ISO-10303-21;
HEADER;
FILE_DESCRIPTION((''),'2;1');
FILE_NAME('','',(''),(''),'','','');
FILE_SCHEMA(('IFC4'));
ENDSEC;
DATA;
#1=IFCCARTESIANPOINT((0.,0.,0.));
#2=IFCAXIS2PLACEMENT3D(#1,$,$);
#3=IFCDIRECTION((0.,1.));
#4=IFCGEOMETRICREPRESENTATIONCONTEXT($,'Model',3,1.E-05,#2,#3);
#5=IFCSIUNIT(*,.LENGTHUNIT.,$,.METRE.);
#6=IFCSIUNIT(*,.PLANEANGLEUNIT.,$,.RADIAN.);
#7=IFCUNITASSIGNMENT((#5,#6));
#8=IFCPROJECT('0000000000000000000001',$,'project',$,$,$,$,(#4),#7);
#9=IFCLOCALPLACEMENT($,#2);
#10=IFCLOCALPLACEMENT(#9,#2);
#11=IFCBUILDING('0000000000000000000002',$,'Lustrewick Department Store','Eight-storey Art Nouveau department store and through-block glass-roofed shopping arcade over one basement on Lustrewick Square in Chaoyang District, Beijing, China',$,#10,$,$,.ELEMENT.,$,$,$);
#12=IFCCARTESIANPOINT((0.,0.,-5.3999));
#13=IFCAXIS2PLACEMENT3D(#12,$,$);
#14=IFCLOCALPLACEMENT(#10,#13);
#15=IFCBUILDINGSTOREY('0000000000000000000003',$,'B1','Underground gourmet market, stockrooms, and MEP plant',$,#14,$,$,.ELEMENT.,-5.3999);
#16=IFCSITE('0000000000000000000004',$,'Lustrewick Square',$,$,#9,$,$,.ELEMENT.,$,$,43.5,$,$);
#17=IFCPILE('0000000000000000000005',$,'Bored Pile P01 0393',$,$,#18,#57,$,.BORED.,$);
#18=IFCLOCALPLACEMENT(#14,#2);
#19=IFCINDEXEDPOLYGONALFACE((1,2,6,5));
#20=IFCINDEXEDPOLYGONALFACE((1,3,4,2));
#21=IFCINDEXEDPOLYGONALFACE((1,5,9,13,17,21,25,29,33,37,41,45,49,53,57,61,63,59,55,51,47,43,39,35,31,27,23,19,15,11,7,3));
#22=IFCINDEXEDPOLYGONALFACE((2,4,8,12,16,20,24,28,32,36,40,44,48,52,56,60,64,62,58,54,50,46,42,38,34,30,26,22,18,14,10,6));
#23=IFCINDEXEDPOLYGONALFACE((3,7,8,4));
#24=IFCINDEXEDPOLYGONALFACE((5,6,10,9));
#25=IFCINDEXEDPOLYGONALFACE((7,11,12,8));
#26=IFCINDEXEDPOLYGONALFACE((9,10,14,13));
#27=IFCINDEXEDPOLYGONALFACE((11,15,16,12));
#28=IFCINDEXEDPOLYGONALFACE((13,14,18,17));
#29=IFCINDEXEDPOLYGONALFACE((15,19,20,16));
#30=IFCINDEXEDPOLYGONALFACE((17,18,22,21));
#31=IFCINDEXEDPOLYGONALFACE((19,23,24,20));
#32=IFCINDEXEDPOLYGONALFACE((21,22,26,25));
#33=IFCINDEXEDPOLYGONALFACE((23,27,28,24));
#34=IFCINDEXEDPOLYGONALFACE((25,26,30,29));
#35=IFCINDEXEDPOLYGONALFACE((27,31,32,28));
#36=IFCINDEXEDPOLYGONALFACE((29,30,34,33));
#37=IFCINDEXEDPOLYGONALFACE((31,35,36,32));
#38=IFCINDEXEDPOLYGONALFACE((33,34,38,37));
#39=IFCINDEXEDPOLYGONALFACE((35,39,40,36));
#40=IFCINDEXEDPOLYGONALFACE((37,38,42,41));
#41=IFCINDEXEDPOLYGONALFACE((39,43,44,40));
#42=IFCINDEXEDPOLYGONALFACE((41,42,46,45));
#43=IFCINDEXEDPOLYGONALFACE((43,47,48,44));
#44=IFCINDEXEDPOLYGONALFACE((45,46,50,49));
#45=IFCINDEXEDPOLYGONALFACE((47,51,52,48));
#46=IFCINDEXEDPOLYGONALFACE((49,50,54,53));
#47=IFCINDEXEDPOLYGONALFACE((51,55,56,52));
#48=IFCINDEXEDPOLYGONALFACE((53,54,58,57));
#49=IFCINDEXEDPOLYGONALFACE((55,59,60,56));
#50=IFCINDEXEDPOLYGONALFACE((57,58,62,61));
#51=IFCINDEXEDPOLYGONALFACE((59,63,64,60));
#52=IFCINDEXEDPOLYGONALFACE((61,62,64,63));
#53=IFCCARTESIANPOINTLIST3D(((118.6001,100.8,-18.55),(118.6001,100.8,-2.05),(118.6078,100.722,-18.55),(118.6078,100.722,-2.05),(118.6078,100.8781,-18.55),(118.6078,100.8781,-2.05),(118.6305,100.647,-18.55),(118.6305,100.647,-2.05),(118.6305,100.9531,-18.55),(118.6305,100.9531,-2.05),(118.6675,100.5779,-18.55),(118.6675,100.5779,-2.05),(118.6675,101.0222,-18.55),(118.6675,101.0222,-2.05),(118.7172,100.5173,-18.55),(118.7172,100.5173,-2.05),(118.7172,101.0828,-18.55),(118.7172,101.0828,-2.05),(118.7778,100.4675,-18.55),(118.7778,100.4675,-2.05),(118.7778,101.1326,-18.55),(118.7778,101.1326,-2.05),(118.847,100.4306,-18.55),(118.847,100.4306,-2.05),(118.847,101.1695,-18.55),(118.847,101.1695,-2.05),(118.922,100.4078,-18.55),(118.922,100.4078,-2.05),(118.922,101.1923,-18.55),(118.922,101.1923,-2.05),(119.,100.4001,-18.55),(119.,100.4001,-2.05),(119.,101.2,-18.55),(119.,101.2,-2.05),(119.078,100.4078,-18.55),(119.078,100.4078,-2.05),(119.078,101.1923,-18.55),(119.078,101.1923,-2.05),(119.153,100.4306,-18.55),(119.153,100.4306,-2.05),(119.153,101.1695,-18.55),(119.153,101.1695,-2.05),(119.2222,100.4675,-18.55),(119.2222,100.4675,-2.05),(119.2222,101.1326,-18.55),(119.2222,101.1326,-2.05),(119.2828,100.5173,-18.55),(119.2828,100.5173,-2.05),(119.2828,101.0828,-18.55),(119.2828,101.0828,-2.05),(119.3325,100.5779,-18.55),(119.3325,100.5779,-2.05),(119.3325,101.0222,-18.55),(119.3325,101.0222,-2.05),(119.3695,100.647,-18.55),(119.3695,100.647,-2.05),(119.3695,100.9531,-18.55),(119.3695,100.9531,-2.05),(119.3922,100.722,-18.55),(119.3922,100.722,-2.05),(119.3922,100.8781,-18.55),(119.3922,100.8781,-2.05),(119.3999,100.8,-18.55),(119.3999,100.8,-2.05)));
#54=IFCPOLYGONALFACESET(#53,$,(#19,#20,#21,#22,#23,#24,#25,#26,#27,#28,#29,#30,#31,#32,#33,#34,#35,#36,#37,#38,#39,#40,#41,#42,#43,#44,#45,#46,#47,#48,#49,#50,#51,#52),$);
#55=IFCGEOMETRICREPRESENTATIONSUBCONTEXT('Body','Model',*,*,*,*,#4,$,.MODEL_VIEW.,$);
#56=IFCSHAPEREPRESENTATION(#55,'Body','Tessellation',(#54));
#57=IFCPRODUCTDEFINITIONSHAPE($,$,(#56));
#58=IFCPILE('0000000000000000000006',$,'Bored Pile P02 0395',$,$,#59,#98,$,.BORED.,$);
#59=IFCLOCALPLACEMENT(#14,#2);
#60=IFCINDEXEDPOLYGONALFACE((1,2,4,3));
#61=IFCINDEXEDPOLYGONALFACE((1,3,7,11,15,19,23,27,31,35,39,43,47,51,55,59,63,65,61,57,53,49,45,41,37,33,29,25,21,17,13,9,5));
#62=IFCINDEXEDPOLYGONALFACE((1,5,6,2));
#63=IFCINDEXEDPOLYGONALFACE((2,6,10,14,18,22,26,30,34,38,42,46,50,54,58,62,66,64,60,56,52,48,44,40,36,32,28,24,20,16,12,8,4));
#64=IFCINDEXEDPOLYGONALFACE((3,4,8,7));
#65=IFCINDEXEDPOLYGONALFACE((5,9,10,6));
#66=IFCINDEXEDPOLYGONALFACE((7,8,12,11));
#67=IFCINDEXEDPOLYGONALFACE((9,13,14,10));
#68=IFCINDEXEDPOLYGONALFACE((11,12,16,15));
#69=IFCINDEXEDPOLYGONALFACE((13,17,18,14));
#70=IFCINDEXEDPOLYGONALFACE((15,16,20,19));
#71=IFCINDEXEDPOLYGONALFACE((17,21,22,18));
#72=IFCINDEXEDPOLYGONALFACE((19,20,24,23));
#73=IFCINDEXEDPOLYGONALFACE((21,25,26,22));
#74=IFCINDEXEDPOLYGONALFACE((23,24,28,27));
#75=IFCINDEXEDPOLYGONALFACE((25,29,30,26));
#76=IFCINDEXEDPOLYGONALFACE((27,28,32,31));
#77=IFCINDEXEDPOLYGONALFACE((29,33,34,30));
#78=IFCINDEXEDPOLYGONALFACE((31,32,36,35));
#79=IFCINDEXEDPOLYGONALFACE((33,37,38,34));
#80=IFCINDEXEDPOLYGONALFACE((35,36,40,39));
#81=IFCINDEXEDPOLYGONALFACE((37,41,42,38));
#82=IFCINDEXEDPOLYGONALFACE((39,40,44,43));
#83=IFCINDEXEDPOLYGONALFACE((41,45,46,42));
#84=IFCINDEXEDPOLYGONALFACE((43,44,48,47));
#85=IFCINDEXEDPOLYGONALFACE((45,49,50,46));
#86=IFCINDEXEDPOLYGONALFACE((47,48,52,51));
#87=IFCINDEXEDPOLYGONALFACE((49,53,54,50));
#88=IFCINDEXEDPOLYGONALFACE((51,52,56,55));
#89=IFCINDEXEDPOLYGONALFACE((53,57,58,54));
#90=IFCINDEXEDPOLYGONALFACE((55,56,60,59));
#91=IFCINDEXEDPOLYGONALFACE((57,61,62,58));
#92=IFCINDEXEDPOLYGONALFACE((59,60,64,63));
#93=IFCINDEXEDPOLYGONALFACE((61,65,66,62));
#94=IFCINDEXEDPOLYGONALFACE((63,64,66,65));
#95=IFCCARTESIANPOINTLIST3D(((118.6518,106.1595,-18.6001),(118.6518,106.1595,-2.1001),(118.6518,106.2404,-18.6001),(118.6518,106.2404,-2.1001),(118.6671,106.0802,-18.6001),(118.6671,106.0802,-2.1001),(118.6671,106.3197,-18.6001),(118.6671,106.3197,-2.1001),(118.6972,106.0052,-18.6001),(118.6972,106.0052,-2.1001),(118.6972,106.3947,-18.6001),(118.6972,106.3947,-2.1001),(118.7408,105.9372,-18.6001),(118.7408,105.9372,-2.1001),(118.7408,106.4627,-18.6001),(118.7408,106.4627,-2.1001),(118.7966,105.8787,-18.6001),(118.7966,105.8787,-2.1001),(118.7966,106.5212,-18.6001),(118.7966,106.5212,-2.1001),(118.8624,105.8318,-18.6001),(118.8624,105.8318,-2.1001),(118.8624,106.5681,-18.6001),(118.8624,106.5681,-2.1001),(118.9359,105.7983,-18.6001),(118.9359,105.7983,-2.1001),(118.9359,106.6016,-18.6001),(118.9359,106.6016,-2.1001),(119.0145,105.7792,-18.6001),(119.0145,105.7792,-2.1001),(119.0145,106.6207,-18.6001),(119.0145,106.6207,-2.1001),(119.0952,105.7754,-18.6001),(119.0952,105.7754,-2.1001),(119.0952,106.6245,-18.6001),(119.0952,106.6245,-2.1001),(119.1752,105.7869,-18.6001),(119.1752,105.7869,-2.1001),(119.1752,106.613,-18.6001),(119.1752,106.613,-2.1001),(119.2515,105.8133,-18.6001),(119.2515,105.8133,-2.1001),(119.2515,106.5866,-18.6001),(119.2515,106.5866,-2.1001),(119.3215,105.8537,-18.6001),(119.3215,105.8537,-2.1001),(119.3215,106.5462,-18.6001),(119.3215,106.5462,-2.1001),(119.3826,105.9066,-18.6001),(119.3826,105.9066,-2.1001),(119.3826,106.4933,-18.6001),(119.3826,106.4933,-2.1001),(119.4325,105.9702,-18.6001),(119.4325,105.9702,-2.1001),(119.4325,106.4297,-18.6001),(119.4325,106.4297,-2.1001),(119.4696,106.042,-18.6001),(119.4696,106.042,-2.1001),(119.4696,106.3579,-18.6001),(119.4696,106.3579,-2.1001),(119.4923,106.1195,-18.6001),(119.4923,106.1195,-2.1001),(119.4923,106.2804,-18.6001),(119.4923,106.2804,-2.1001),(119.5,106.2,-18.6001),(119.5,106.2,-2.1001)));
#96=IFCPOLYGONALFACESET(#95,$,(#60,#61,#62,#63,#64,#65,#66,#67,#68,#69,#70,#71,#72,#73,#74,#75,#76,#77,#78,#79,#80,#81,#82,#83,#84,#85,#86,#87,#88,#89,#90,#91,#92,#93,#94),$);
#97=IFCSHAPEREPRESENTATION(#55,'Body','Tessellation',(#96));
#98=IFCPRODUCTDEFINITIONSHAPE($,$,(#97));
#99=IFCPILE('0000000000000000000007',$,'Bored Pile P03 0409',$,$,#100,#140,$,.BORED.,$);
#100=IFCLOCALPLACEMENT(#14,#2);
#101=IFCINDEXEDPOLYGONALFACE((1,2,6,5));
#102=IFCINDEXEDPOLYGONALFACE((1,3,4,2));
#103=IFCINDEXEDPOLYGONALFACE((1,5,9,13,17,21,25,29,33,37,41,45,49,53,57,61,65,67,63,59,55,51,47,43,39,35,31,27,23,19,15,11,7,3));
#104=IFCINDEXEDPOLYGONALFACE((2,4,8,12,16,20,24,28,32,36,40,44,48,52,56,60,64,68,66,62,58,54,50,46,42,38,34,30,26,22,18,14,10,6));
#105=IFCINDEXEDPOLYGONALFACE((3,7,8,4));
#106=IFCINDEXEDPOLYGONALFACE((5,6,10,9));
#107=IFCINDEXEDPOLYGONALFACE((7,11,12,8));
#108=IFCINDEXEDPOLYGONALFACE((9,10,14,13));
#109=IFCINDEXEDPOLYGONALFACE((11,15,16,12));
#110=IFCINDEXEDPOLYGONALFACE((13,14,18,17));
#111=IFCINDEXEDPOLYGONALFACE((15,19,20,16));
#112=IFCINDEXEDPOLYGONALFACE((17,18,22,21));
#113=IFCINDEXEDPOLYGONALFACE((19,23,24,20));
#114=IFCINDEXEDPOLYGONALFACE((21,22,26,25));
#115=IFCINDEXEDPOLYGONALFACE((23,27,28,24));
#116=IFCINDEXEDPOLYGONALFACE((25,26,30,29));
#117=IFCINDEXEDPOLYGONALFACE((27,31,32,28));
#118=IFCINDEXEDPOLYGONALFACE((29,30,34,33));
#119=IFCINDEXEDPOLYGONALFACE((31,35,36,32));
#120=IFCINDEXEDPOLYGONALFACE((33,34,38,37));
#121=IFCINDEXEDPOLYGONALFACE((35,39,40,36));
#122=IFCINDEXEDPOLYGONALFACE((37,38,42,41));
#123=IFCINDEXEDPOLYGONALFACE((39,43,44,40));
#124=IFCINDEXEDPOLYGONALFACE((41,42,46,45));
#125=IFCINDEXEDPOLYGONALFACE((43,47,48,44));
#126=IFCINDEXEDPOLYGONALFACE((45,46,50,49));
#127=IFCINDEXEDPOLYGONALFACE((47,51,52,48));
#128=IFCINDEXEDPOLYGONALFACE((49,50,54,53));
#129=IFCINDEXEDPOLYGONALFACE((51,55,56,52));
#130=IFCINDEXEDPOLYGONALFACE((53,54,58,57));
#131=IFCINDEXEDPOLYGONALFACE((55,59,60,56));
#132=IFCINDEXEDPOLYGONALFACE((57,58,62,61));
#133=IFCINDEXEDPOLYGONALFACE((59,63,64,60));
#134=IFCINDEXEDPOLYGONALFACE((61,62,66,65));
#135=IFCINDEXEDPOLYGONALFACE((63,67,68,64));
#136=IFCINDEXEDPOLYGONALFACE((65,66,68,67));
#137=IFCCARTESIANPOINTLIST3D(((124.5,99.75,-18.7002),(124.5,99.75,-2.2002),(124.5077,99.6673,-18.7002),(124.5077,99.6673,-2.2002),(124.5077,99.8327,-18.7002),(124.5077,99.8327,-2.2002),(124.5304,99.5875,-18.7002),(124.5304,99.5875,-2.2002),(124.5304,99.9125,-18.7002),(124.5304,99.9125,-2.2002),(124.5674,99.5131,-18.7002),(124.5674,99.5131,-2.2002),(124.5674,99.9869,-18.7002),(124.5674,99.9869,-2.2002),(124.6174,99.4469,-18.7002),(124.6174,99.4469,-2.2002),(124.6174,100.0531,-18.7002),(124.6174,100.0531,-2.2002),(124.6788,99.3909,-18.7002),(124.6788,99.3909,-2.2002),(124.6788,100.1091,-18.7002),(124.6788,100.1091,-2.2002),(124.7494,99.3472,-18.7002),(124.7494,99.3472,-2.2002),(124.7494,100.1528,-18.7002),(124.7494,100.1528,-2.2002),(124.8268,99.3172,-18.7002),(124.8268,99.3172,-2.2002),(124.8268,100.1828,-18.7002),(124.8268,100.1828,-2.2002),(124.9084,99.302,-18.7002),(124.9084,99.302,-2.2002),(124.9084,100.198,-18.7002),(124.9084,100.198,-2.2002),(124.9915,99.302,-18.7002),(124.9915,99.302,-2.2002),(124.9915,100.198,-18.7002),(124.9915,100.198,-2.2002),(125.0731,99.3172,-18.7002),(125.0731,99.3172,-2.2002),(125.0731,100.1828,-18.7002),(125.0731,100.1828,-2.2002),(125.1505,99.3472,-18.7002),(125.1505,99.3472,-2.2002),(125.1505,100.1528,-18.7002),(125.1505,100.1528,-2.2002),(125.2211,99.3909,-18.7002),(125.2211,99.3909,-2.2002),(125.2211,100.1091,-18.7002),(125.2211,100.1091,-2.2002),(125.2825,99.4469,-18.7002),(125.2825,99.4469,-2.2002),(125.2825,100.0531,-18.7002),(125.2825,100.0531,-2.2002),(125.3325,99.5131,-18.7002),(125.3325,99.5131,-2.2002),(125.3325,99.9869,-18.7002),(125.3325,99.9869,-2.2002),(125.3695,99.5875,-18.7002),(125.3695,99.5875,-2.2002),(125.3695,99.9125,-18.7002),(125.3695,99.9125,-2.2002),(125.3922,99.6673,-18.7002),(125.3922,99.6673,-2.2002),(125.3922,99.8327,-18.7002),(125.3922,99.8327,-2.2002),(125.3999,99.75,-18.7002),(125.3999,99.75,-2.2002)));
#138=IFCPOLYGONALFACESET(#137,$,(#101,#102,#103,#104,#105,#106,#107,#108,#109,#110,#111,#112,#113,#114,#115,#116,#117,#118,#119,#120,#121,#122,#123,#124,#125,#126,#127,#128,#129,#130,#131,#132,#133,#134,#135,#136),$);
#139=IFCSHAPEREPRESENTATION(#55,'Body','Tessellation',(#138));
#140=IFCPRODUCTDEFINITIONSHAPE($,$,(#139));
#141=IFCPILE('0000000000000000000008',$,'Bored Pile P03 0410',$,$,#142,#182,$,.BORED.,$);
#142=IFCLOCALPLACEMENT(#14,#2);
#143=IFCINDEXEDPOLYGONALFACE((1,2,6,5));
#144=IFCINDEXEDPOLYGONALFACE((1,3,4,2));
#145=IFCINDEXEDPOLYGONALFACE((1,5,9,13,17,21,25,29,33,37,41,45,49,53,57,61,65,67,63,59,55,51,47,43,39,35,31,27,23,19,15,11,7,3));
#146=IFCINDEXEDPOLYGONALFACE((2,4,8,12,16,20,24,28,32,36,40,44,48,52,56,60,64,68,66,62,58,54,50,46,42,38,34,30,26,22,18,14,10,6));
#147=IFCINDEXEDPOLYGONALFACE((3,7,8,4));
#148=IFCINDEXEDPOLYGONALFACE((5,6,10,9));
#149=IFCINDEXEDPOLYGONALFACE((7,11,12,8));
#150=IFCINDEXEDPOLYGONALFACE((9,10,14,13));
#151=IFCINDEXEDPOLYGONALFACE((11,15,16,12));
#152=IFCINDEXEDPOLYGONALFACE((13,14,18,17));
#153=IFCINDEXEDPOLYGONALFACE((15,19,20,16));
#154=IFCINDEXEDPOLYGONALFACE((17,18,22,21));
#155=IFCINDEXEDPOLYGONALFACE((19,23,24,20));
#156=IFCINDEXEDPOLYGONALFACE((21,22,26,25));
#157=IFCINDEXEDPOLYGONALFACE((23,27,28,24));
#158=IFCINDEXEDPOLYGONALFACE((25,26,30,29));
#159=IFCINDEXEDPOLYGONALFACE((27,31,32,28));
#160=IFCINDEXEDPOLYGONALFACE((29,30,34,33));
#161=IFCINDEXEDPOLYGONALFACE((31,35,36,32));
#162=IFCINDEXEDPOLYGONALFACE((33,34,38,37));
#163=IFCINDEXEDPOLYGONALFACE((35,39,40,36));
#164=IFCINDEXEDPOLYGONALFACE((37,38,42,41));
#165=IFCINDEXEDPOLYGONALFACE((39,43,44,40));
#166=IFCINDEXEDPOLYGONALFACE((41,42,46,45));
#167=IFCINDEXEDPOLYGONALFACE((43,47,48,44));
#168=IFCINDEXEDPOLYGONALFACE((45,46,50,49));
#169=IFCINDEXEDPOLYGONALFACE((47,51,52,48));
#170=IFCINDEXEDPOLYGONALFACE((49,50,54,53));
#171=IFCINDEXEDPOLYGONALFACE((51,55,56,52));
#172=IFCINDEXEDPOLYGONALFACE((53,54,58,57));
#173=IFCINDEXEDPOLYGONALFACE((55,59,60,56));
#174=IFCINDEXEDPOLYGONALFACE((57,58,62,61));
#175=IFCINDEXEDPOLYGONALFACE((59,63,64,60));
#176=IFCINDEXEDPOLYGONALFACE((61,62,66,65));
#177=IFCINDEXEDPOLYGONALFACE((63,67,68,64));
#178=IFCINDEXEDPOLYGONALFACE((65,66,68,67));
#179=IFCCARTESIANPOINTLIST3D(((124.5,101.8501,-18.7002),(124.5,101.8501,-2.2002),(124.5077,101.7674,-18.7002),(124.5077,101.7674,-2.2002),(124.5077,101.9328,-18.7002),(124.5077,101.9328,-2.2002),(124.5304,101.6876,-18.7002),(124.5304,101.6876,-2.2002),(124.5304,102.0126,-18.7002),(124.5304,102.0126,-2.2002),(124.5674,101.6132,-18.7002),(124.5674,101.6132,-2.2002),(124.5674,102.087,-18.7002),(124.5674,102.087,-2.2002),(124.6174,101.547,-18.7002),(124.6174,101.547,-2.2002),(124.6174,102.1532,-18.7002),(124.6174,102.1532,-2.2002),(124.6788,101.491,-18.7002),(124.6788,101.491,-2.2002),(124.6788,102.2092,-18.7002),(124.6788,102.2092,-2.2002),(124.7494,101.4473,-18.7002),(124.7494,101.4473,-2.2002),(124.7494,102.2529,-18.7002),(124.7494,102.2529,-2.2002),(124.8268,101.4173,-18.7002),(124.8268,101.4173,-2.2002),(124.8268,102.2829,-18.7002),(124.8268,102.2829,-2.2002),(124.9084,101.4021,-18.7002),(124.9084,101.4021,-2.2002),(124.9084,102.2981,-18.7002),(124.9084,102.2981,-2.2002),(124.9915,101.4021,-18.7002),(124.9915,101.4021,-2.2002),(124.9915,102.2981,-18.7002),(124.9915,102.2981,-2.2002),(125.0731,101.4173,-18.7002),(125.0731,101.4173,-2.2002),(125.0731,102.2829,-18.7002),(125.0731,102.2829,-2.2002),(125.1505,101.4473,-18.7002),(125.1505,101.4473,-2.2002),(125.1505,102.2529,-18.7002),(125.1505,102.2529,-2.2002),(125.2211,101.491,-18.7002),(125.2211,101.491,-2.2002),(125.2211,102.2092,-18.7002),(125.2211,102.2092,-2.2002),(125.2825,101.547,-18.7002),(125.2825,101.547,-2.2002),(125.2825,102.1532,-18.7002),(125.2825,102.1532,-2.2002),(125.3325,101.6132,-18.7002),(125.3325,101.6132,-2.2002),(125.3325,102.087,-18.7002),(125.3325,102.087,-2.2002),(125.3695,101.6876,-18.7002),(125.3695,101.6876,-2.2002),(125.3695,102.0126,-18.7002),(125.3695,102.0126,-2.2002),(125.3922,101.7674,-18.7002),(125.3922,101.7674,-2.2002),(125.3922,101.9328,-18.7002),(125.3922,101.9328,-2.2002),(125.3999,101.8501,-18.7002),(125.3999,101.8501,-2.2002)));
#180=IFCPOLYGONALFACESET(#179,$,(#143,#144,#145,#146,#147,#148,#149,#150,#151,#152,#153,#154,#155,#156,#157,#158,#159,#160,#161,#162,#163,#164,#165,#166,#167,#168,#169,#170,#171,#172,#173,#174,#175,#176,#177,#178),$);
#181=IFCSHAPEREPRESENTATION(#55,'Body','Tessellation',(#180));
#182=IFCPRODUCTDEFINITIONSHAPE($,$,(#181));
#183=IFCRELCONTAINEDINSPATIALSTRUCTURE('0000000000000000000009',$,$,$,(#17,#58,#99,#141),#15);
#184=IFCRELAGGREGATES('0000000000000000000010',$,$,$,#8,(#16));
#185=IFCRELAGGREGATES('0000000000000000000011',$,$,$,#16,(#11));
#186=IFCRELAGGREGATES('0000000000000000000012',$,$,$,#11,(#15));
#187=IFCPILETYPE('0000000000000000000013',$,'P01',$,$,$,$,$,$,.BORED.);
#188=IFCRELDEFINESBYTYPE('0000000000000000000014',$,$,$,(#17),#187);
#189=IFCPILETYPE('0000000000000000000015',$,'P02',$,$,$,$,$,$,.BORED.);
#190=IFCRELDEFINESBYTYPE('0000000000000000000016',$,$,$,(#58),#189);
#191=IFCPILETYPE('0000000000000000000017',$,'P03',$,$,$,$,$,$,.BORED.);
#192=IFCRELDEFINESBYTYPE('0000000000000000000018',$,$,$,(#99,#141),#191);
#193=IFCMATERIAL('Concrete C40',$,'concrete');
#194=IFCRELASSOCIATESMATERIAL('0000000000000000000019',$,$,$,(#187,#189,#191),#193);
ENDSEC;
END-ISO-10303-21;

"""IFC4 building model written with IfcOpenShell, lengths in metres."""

from ifc_helpers import new_model, si_unit, direction, frame, origin, origin_2d, place, context, subcontext, project, spatial, circle, extrude, material, material_profile, profile_set, type_object, element, save


model = new_model("IFC4")

# Units and contexts
model_context = context("Model", 3, precision=1e-05, world=origin(), true_north=direction((0.0, 1.0)))
body_context = subcontext(model_context, "Body", "Model", "MODEL_VIEW")
ifc_project = project(units=[si_unit("LENGTHUNIT", "METRE"), si_unit("PLANEANGLEUNIT", "RADIAN")], contexts=[model_context])

# Site, building, storey
site_placement = place(None, origin())
site = spatial("IfcSite", under=ifc_project, at=site_placement, Name="Lustrewick Square", CompositionType="ELEMENT", RefElevation=43.5)
building_placement = place(site_placement, origin())
building = spatial("IfcBuilding", under=site, at=building_placement, Name="Lustrewick Department Store", Description="Eight-storey Art Nouveau department store and through-block glass-roofed shopping arcade over one basement on Lustrewick Square in Chaoyang District, Beijing, China", CompositionType="ELEMENT")
storey_placement = place(building_placement, frame((0.0, 0.0, -5.3999)))
storey = spatial("IfcBuildingStorey", under=building, at=storey_placement, Name="B1", Description="Underground gourmet market, stockrooms, and MEP plant", CompositionType="ELEMENT", Elevation=-5.3999)

# Piles
ifc_material_1 = material(Name="Concrete C40", Category="concrete")
ifc_material_profile_1 = material_profile(ifc_material_1, circle(Radius=0.3999, at=origin_2d()), Name="PILE D800")
ifc_profile_set_1 = profile_set([ifc_material_profile_1], Name="Concrete C40")
pile_type_1 = type_object("IfcPileType", Name="P01", PredefinedType="BORED", material=ifc_profile_set_1)
pile_1_placement = place(storey_placement, frame((119.0, 100.8, -2.05), z_axis=(0.0, 0.0, -1.0), x_axis=(1.0, 0.0, 0.0)))
element("IfcPile", 1, at=pile_1_placement, inside=storey, type_object=pile_type_1, Name="Bored Pile P01 0393", PredefinedType="BORED", context=body_context, shape_type="SweptSolid", body=[
    extrude(circle(Radius=0.3999, at=origin_2d()), origin(), (0.0, 0.0, 1.0), 16.5),
])
ifc_material_profile_2 = material_profile(ifc_material_1, circle(Radius=0.425, at=origin_2d()), Name="PILE D850")
ifc_profile_set_2 = profile_set([ifc_material_profile_2], Name="Concrete C40")
pile_type_2 = type_object("IfcPileType", Name="P02", PredefinedType="BORED", material=ifc_profile_set_2)
pile_2_placement = place(storey_placement, frame((119.075, 106.2, -2.1001), z_axis=(0.0, 0.0, -1.0), x_axis=(1.0, 0.0, 0.0)))
element("IfcPile", 2, at=pile_2_placement, inside=storey, type_object=pile_type_2, Name="Bored Pile P02 0395", PredefinedType="BORED", context=body_context, shape_type="SweptSolid", body=[
    extrude(circle(Radius=0.425, at=origin_2d()), origin(), (0.0, 0.0, 1.0), 16.5),
])
ifc_material_profile_3 = material_profile(ifc_material_1, circle(Radius=0.45, at=origin_2d()), Name="PILE D900")
ifc_profile_set_3 = profile_set([ifc_material_profile_3], Name="Concrete C40")
pile_type_3 = type_object("IfcPileType", Name="P03", PredefinedType="BORED", material=ifc_profile_set_3)
for number, where, z_axis, x_axis, name in (
    (3, (124.95, 99.75, -2.2002), (0.0, 0.0, -1.0), (1.0, 0.0, 0.0), "Bored Pile P03 0409"),
    (4, (124.95, 101.8501, -2.2002), (0.0, 0.0, -1.0), (1.0, 0.0, 0.0), "Bored Pile P03 0410"),
):
    element("IfcPile", number, at=place(storey_placement, frame(where, z_axis=z_axis, x_axis=x_axis)), inside=storey, type_object=pile_type_3, Name=name, PredefinedType="BORED", context=body_context, shape_type="SweptSolid", body=[
        extrude(circle(Radius=0.45, at=origin_2d()), origin(), (0.0, 0.0, 1.0), 16.5),
    ])

save(model, "model.ifc")
